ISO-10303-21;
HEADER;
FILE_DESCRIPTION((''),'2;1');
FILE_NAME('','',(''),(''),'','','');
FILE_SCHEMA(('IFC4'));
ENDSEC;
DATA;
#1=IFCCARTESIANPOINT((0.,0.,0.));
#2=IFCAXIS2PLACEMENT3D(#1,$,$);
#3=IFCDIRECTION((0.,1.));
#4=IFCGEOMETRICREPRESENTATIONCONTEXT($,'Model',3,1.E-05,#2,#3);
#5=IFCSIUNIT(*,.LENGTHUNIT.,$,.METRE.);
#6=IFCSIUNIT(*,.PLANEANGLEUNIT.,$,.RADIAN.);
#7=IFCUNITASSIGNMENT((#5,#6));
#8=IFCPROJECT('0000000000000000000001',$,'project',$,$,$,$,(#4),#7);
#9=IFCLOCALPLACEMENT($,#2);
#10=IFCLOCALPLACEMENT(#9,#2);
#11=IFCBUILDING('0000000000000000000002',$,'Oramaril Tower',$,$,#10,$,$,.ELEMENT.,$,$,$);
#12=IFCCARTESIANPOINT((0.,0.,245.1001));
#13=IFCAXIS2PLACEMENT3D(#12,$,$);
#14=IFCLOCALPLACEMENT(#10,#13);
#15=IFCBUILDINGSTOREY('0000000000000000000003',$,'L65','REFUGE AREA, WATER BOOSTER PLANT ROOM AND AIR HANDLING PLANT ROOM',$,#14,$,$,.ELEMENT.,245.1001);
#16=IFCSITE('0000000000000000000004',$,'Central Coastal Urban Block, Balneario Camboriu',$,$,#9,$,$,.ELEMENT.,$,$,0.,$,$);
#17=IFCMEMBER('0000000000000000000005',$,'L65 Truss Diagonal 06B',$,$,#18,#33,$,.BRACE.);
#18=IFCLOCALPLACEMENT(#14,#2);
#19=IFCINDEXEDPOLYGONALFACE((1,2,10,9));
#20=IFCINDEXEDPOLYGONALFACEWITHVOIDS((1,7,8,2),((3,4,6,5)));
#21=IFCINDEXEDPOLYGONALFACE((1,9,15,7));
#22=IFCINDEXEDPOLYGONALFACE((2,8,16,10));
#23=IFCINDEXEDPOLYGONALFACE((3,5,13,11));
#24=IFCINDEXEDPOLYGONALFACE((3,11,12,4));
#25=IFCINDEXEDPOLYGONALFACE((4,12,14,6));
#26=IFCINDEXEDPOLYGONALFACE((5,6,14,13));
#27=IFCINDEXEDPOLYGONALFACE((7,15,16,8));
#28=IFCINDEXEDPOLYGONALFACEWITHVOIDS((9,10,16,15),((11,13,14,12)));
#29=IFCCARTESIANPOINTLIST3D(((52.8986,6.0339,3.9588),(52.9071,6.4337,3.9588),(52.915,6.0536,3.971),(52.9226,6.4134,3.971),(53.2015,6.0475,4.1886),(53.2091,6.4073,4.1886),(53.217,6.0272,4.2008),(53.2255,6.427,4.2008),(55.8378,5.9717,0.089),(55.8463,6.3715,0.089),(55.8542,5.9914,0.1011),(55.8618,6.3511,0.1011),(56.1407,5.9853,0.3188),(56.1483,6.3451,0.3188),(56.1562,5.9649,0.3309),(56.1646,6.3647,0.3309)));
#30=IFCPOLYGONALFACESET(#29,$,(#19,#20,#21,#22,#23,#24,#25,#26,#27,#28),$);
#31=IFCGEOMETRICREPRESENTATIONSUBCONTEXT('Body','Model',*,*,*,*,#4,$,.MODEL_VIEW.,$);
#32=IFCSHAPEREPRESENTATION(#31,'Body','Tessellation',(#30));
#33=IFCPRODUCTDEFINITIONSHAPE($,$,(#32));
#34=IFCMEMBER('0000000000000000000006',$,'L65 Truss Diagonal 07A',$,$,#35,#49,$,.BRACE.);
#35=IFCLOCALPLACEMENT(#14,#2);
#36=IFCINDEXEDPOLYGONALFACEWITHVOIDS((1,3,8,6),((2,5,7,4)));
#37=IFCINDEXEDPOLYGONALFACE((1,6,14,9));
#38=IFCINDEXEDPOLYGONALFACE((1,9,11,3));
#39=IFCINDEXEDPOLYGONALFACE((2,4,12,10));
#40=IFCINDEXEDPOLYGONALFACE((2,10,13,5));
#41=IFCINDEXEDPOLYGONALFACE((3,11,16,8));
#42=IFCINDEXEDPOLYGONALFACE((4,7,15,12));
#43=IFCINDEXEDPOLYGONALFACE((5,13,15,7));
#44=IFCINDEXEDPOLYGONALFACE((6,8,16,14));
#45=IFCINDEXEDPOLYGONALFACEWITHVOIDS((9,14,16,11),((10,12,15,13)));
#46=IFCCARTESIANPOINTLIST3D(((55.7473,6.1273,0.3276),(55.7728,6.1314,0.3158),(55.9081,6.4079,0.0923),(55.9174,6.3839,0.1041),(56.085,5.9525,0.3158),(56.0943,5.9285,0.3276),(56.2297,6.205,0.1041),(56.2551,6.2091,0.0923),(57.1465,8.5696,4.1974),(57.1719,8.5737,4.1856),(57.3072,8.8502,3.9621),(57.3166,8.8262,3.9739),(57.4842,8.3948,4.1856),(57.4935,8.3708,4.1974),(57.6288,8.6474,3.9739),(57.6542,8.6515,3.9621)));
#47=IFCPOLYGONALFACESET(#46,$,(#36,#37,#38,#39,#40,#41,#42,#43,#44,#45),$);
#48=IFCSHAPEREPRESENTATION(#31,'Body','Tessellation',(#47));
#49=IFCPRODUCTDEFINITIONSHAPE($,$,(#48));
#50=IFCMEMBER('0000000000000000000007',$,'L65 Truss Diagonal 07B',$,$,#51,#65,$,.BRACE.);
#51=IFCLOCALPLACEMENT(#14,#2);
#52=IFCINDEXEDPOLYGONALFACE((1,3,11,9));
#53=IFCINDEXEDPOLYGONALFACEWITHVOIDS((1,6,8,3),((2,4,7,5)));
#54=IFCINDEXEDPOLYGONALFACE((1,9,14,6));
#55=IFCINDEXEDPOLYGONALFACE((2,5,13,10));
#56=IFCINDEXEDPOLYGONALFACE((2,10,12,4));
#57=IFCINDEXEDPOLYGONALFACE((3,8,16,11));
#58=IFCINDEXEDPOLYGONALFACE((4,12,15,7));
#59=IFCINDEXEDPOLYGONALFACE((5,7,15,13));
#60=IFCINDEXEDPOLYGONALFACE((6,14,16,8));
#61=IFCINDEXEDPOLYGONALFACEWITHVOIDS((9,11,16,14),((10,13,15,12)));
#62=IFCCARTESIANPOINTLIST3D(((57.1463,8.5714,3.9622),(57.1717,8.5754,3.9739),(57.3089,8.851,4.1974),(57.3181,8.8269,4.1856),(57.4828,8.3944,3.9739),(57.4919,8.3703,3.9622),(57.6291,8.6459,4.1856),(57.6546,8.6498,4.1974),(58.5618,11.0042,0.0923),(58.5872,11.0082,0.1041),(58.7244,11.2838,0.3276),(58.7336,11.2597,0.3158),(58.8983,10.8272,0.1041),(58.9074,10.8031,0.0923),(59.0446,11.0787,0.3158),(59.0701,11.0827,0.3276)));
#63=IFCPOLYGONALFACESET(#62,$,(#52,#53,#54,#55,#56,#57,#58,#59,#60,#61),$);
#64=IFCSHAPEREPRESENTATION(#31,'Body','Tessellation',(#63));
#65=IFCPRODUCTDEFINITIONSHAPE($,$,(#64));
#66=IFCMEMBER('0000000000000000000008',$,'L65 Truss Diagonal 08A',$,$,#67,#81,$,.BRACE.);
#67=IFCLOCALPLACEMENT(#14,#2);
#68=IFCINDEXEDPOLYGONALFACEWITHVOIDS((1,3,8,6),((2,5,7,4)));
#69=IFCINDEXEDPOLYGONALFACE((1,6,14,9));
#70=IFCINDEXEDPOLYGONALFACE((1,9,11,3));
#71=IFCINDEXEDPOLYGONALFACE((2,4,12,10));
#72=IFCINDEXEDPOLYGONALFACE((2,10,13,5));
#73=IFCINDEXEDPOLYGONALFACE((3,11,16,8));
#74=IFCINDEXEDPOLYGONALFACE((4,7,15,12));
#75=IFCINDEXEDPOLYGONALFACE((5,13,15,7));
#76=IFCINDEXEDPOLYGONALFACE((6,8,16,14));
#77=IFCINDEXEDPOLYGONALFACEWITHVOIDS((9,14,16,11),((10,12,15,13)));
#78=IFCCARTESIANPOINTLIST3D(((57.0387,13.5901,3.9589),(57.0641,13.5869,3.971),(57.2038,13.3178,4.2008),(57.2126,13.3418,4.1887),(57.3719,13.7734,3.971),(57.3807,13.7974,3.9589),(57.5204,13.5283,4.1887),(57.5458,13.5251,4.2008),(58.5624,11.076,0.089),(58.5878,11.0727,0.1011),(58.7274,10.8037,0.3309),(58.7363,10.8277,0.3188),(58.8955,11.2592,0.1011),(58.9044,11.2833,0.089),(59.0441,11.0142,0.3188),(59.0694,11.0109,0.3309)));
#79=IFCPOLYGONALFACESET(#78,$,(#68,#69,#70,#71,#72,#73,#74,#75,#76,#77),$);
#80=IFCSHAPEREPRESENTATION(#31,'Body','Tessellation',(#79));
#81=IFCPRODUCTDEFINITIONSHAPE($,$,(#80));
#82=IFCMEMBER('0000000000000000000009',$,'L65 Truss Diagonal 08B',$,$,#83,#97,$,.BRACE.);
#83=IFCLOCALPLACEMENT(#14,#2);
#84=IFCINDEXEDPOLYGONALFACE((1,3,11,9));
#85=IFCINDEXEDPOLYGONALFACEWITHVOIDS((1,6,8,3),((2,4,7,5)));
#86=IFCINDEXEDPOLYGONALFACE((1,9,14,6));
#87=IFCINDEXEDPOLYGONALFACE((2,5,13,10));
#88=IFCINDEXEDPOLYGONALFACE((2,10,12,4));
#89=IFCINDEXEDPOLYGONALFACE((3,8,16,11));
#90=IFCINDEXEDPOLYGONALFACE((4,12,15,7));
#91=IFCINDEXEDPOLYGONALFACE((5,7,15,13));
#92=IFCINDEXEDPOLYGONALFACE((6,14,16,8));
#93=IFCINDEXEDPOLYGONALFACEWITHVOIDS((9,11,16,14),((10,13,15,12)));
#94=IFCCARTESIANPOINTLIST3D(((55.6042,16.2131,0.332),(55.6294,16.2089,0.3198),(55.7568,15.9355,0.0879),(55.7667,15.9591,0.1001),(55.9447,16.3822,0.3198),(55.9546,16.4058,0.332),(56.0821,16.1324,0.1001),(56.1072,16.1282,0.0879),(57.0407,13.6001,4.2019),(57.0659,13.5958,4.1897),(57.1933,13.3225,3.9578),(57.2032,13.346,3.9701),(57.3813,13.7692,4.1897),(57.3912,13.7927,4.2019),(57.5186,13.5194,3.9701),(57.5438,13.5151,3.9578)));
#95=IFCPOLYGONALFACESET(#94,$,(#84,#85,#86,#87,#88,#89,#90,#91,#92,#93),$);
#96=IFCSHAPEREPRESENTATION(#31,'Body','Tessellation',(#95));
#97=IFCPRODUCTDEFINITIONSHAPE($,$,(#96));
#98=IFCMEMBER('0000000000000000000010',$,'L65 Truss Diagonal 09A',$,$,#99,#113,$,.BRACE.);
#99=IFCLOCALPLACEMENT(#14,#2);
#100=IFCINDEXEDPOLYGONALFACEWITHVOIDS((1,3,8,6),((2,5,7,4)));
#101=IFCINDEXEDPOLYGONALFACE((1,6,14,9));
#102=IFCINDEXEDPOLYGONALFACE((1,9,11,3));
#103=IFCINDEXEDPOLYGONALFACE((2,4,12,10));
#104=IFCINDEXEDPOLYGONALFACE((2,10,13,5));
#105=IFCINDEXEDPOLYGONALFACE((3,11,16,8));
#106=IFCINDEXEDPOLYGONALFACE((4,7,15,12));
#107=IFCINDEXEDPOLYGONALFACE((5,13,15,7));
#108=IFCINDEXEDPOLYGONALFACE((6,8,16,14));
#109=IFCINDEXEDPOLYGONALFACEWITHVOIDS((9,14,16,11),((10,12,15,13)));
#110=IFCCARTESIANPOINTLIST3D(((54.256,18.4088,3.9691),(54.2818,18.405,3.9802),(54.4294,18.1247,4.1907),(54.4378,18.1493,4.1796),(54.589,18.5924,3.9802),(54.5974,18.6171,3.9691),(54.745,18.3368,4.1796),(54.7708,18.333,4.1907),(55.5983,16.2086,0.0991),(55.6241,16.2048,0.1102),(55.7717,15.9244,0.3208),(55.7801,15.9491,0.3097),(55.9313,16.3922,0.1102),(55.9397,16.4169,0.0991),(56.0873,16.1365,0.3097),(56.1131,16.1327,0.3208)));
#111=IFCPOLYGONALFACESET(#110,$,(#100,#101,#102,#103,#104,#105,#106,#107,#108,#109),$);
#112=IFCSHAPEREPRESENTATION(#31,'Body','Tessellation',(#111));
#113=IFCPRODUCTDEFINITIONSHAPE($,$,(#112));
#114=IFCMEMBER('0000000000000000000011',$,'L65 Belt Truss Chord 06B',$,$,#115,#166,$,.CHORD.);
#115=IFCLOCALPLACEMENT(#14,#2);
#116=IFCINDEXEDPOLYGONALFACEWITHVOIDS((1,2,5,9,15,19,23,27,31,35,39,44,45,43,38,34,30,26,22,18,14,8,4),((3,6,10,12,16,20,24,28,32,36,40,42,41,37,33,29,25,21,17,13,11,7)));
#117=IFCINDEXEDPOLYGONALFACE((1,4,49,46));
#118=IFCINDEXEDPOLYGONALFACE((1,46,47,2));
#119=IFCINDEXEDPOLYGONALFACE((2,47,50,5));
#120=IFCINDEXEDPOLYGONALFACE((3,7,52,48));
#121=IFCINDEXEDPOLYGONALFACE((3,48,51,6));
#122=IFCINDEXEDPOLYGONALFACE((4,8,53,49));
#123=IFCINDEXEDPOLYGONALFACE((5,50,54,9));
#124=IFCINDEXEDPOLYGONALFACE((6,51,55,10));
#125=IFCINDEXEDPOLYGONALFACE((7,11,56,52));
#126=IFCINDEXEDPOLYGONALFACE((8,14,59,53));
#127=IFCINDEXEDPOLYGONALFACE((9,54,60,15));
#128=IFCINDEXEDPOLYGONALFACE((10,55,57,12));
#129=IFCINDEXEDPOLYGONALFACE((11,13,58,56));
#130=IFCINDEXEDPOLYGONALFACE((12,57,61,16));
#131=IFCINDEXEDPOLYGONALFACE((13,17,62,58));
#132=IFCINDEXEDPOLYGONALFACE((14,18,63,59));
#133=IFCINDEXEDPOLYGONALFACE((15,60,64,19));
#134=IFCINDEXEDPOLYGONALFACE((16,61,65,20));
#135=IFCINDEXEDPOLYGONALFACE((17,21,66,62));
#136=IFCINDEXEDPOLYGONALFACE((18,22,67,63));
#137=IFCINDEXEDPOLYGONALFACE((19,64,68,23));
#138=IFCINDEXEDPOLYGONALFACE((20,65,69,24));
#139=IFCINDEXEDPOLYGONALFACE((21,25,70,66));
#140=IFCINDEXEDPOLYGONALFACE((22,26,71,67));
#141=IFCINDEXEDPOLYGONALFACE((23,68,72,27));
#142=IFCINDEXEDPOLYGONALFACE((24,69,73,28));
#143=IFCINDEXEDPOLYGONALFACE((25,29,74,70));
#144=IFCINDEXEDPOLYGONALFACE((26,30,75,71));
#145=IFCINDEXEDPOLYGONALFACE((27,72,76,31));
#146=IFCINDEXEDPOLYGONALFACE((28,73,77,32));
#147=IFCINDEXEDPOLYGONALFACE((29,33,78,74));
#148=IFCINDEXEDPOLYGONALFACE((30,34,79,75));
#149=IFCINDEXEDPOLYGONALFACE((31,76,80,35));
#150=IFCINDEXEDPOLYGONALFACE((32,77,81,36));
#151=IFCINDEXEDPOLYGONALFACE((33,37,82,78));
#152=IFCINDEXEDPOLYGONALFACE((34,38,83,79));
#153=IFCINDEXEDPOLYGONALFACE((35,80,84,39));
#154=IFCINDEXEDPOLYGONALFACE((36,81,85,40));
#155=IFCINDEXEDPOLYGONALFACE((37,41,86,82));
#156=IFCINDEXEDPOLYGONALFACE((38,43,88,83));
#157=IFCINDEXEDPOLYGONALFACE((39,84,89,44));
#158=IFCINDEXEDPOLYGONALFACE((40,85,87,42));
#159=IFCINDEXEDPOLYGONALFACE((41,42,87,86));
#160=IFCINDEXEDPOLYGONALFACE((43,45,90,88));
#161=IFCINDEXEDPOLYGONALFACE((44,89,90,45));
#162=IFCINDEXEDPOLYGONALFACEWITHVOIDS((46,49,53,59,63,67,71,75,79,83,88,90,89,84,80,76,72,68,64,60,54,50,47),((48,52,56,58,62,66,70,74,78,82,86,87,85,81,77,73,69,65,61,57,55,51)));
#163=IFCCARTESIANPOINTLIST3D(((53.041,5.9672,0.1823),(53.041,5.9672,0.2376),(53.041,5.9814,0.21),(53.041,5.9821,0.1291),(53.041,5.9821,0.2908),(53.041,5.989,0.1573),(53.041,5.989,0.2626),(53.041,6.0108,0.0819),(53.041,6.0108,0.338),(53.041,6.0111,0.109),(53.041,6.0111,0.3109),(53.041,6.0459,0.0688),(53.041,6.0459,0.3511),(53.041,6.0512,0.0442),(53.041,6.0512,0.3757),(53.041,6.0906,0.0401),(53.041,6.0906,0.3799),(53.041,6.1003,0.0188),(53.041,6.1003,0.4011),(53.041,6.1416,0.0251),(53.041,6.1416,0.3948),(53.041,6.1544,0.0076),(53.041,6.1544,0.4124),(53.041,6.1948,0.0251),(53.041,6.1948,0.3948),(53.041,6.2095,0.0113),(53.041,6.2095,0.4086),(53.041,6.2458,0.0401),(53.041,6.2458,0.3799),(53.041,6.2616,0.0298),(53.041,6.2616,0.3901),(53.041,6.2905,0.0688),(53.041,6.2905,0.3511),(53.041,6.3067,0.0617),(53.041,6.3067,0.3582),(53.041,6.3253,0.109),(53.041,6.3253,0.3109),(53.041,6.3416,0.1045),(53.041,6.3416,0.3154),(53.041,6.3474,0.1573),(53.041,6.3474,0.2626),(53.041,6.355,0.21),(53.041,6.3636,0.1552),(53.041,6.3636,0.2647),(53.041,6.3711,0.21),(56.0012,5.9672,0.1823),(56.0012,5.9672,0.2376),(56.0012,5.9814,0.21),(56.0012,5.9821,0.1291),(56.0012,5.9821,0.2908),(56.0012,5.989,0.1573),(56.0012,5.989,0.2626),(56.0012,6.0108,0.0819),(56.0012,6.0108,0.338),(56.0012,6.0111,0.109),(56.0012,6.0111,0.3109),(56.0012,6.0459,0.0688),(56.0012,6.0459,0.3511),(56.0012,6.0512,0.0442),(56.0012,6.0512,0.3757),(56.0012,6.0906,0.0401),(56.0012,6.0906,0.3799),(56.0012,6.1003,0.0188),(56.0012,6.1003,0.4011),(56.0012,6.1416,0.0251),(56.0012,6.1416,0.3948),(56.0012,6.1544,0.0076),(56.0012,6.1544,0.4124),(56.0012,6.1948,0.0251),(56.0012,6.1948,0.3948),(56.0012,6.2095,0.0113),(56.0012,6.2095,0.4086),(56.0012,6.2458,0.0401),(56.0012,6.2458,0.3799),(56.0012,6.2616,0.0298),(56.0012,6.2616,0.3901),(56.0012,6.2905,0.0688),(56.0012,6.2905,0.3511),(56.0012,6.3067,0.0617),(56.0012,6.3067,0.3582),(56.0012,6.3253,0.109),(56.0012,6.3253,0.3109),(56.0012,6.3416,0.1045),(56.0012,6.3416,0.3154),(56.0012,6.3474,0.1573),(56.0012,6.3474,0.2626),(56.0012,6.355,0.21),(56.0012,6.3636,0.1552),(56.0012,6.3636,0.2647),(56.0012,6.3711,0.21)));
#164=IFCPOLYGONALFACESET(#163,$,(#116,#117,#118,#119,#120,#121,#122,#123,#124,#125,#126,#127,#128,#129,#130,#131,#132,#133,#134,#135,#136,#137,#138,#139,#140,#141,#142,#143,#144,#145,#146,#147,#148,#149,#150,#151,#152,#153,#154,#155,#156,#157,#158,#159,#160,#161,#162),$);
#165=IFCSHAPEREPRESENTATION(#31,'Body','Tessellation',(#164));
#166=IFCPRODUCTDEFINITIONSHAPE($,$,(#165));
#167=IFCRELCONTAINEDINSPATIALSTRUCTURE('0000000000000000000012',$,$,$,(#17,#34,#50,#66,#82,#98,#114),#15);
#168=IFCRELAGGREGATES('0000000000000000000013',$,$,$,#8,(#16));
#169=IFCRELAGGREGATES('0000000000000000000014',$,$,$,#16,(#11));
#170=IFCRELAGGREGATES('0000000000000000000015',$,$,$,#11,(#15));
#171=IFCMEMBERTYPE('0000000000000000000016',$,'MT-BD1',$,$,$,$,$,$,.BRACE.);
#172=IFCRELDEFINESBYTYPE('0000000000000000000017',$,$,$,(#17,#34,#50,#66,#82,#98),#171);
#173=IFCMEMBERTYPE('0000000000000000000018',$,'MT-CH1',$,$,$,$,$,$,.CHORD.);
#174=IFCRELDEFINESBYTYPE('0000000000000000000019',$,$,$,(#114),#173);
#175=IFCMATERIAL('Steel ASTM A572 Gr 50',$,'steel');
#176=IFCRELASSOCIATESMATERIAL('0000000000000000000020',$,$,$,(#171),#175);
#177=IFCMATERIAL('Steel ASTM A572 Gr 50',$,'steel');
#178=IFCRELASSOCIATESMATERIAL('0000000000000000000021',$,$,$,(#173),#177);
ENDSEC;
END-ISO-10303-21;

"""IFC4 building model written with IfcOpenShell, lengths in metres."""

from ifc_helpers import new_model, si_unit, direction, frame, origin, origin_2d, place, context, subcontext, project, spatial, hollow_rectangle, hollow_circle, extrude, material, material_profile, profile_set, type_object, element, save


model = new_model("IFC4")

# Units and contexts
model_context = context("Model", 3, precision=1e-05, world=origin(), true_north=direction((0.0, 1.0)))
body_context = subcontext(model_context, "Body", "Model", "MODEL_VIEW")
ifc_project = project(units=[si_unit("LENGTHUNIT", "METRE"), si_unit("PLANEANGLEUNIT", "RADIAN")], contexts=[model_context])

# Site, building, storey
site_placement = place(None, origin())
site = spatial("IfcSite", under=ifc_project, at=site_placement, Name="Central Coastal Urban Block, Balneario Camboriu", CompositionType="ELEMENT", RefElevation=0.0)
building_placement = place(site_placement, origin())
building = spatial("IfcBuilding", under=site, at=building_placement, Name="Oramaril Tower", CompositionType="ELEMENT")
storey_placement = place(building_placement, frame((0.0, 0.0, 245.1001)))
storey = spatial("IfcBuildingStorey", under=building, at=storey_placement, Name="L65", Description="REFUGE AREA, WATER BOOSTER PLANT ROOM AND AIR HANDLING PLANT ROOM", CompositionType="ELEMENT", Elevation=245.1001)

# Members
ifc_material_1 = material(Name="Steel ASTM A572 Gr 50", Category="steel")
ifc_material_profile_1 = material_profile(ifc_material_1, hollow_rectangle(XDim=0.3999, YDim=0.3999, WallThickness=0.02, at=origin_2d()), Name="HSS400X400X20")
ifc_profile_set_1 = profile_set([ifc_material_profile_1], Name="Steel ASTM A572 Gr 50")
member_type_1 = type_object("IfcMemberType", Name="MT-BD1", PredefinedType="BRACE", material=ifc_profile_set_1)
member_1_placement = place(storey_placement, frame((56.0012, 6.1682, 0.21), z_axis=(-0.604786, 0.01281, 0.796285), x_axis=(-0.021176, -0.999776, 0.0)))
element("IfcMember", 1, at=member_1_placement, inside=storey, type_object=member_type_1, Name="L65 Truss Diagonal 06B", PredefinedType="BRACE", context=body_context, shape_type="SweptSolid", body=[
    extrude(hollow_rectangle(XDim=0.3999, YDim=0.3999, WallThickness=0.02, at=origin_2d()), origin(), (0.0, 0.0, 1.0), 4.8599),
])
for number, where, z_axis, x_axis, name in (
    (2, (56.0012, 6.1682, 0.21), (0.292391, 0.510396, 0.808705), (-0.867704, 0.497082, 0.0), "L65 Truss Diagonal 07A"),
    (3, (58.8159, 11.0435, 0.21), (-0.295812, -0.50841, 0.808712), (0.864341, -0.502905, 0.0), "L65 Truss Diagonal 07B"),
):
    element("IfcMember", number, at=place(storey_placement, frame(where, z_axis=z_axis, x_axis=x_axis)), inside=storey, type_object=member_type_1, Name=name, PredefinedType="BRACE", context=body_context, shape_type="SweptSolid", body=[
        extrude(hollow_rectangle(XDim=0.3999, YDim=0.3999, WallThickness=0.02, at=origin_2d()), origin(), (0.0, 0.0, 1.0), 4.7852),
    ])
member_2_placement = place(storey_placement, frame((58.8159, 11.0435, 0.21), z_axis=(-0.313522, 0.517329, 0.796288), x_axis=(-0.855206, -0.518289, 0.0)))
element("IfcMember", 4, at=member_2_placement, inside=storey, type_object=member_type_1, Name="L65 Truss Diagonal 08A", PredefinedType="BRACE", context=body_context, shape_type="SweptSolid", body=[
    extrude(hollow_rectangle(XDim=0.3999, YDim=0.3999, WallThickness=0.02, at=origin_2d()), origin(), (0.0, 0.0, 1.0), 4.8599),
])
member_3_placement = place(storey_placement, frame((55.8557, 16.1707, 0.21), z_axis=(0.294042, -0.534863, 0.792124), x_axis=(0.876308, 0.481752, 0.0)))
element("IfcMember", 5, at=member_3_placement, inside=storey, type_object=member_type_1, Name="L65 Truss Diagonal 08B", PredefinedType="BRACE", context=body_context, shape_type="SweptSolid", body=[
    extrude(hollow_rectangle(XDim=0.3999, YDim=0.3999, WallThickness=0.02, at=origin_2d()), origin(), (0.0, 0.0, 1.0), 4.8855),
])
member_4_placement = place(storey_placement, frame((55.8557, 16.1707, 0.21), z_axis=(-0.28869, 0.473204, 0.832308), x_axis=(-0.853675, -0.520806, 0.0)))
element("IfcMember", 6, at=member_4_placement, inside=storey, type_object=member_type_1, Name="L65 Truss Diagonal 09A", PredefinedType="BRACE", context=body_context, shape_type="SweptSolid", body=[
    extrude(hollow_rectangle(XDim=0.3999, YDim=0.3999, WallThickness=0.02, at=origin_2d()), origin(), (0.0, 0.0, 1.0), 4.6497),
])
ifc_material_2 = material(Name="Steel ASTM A572 Gr 50", Category="steel")
ifc_material_profile_2 = material_profile(ifc_material_2, hollow_circle(Radius=0.2029, WallThickness=0.0161, at=origin_2d()), Name="CHS406X16")
ifc_profile_set_2 = profile_set([ifc_material_profile_2], Name="Steel ASTM A572 Gr 50")
member_type_2 = type_object("IfcMemberType", Name="MT-CH1", PredefinedType="CHORD", material=ifc_profile_set_2)
member_5_placement = place(storey_placement, frame((53.041, 6.1682, 0.21), z_axis=(1.0, 0.0, 0.0), x_axis=(0.0, 1.0, 0.0)))
element("IfcMember", 7, at=member_5_placement, inside=storey, type_object=member_type_2, Name="L65 Belt Truss Chord 06B", PredefinedType="CHORD", context=body_context, shape_type="SweptSolid", body=[
    extrude(hollow_circle(Radius=0.2029, WallThickness=0.0161, at=origin_2d()), origin(), (0.0, 0.0, 1.0), 2.9602),
])

save(model, "model.ifc")
